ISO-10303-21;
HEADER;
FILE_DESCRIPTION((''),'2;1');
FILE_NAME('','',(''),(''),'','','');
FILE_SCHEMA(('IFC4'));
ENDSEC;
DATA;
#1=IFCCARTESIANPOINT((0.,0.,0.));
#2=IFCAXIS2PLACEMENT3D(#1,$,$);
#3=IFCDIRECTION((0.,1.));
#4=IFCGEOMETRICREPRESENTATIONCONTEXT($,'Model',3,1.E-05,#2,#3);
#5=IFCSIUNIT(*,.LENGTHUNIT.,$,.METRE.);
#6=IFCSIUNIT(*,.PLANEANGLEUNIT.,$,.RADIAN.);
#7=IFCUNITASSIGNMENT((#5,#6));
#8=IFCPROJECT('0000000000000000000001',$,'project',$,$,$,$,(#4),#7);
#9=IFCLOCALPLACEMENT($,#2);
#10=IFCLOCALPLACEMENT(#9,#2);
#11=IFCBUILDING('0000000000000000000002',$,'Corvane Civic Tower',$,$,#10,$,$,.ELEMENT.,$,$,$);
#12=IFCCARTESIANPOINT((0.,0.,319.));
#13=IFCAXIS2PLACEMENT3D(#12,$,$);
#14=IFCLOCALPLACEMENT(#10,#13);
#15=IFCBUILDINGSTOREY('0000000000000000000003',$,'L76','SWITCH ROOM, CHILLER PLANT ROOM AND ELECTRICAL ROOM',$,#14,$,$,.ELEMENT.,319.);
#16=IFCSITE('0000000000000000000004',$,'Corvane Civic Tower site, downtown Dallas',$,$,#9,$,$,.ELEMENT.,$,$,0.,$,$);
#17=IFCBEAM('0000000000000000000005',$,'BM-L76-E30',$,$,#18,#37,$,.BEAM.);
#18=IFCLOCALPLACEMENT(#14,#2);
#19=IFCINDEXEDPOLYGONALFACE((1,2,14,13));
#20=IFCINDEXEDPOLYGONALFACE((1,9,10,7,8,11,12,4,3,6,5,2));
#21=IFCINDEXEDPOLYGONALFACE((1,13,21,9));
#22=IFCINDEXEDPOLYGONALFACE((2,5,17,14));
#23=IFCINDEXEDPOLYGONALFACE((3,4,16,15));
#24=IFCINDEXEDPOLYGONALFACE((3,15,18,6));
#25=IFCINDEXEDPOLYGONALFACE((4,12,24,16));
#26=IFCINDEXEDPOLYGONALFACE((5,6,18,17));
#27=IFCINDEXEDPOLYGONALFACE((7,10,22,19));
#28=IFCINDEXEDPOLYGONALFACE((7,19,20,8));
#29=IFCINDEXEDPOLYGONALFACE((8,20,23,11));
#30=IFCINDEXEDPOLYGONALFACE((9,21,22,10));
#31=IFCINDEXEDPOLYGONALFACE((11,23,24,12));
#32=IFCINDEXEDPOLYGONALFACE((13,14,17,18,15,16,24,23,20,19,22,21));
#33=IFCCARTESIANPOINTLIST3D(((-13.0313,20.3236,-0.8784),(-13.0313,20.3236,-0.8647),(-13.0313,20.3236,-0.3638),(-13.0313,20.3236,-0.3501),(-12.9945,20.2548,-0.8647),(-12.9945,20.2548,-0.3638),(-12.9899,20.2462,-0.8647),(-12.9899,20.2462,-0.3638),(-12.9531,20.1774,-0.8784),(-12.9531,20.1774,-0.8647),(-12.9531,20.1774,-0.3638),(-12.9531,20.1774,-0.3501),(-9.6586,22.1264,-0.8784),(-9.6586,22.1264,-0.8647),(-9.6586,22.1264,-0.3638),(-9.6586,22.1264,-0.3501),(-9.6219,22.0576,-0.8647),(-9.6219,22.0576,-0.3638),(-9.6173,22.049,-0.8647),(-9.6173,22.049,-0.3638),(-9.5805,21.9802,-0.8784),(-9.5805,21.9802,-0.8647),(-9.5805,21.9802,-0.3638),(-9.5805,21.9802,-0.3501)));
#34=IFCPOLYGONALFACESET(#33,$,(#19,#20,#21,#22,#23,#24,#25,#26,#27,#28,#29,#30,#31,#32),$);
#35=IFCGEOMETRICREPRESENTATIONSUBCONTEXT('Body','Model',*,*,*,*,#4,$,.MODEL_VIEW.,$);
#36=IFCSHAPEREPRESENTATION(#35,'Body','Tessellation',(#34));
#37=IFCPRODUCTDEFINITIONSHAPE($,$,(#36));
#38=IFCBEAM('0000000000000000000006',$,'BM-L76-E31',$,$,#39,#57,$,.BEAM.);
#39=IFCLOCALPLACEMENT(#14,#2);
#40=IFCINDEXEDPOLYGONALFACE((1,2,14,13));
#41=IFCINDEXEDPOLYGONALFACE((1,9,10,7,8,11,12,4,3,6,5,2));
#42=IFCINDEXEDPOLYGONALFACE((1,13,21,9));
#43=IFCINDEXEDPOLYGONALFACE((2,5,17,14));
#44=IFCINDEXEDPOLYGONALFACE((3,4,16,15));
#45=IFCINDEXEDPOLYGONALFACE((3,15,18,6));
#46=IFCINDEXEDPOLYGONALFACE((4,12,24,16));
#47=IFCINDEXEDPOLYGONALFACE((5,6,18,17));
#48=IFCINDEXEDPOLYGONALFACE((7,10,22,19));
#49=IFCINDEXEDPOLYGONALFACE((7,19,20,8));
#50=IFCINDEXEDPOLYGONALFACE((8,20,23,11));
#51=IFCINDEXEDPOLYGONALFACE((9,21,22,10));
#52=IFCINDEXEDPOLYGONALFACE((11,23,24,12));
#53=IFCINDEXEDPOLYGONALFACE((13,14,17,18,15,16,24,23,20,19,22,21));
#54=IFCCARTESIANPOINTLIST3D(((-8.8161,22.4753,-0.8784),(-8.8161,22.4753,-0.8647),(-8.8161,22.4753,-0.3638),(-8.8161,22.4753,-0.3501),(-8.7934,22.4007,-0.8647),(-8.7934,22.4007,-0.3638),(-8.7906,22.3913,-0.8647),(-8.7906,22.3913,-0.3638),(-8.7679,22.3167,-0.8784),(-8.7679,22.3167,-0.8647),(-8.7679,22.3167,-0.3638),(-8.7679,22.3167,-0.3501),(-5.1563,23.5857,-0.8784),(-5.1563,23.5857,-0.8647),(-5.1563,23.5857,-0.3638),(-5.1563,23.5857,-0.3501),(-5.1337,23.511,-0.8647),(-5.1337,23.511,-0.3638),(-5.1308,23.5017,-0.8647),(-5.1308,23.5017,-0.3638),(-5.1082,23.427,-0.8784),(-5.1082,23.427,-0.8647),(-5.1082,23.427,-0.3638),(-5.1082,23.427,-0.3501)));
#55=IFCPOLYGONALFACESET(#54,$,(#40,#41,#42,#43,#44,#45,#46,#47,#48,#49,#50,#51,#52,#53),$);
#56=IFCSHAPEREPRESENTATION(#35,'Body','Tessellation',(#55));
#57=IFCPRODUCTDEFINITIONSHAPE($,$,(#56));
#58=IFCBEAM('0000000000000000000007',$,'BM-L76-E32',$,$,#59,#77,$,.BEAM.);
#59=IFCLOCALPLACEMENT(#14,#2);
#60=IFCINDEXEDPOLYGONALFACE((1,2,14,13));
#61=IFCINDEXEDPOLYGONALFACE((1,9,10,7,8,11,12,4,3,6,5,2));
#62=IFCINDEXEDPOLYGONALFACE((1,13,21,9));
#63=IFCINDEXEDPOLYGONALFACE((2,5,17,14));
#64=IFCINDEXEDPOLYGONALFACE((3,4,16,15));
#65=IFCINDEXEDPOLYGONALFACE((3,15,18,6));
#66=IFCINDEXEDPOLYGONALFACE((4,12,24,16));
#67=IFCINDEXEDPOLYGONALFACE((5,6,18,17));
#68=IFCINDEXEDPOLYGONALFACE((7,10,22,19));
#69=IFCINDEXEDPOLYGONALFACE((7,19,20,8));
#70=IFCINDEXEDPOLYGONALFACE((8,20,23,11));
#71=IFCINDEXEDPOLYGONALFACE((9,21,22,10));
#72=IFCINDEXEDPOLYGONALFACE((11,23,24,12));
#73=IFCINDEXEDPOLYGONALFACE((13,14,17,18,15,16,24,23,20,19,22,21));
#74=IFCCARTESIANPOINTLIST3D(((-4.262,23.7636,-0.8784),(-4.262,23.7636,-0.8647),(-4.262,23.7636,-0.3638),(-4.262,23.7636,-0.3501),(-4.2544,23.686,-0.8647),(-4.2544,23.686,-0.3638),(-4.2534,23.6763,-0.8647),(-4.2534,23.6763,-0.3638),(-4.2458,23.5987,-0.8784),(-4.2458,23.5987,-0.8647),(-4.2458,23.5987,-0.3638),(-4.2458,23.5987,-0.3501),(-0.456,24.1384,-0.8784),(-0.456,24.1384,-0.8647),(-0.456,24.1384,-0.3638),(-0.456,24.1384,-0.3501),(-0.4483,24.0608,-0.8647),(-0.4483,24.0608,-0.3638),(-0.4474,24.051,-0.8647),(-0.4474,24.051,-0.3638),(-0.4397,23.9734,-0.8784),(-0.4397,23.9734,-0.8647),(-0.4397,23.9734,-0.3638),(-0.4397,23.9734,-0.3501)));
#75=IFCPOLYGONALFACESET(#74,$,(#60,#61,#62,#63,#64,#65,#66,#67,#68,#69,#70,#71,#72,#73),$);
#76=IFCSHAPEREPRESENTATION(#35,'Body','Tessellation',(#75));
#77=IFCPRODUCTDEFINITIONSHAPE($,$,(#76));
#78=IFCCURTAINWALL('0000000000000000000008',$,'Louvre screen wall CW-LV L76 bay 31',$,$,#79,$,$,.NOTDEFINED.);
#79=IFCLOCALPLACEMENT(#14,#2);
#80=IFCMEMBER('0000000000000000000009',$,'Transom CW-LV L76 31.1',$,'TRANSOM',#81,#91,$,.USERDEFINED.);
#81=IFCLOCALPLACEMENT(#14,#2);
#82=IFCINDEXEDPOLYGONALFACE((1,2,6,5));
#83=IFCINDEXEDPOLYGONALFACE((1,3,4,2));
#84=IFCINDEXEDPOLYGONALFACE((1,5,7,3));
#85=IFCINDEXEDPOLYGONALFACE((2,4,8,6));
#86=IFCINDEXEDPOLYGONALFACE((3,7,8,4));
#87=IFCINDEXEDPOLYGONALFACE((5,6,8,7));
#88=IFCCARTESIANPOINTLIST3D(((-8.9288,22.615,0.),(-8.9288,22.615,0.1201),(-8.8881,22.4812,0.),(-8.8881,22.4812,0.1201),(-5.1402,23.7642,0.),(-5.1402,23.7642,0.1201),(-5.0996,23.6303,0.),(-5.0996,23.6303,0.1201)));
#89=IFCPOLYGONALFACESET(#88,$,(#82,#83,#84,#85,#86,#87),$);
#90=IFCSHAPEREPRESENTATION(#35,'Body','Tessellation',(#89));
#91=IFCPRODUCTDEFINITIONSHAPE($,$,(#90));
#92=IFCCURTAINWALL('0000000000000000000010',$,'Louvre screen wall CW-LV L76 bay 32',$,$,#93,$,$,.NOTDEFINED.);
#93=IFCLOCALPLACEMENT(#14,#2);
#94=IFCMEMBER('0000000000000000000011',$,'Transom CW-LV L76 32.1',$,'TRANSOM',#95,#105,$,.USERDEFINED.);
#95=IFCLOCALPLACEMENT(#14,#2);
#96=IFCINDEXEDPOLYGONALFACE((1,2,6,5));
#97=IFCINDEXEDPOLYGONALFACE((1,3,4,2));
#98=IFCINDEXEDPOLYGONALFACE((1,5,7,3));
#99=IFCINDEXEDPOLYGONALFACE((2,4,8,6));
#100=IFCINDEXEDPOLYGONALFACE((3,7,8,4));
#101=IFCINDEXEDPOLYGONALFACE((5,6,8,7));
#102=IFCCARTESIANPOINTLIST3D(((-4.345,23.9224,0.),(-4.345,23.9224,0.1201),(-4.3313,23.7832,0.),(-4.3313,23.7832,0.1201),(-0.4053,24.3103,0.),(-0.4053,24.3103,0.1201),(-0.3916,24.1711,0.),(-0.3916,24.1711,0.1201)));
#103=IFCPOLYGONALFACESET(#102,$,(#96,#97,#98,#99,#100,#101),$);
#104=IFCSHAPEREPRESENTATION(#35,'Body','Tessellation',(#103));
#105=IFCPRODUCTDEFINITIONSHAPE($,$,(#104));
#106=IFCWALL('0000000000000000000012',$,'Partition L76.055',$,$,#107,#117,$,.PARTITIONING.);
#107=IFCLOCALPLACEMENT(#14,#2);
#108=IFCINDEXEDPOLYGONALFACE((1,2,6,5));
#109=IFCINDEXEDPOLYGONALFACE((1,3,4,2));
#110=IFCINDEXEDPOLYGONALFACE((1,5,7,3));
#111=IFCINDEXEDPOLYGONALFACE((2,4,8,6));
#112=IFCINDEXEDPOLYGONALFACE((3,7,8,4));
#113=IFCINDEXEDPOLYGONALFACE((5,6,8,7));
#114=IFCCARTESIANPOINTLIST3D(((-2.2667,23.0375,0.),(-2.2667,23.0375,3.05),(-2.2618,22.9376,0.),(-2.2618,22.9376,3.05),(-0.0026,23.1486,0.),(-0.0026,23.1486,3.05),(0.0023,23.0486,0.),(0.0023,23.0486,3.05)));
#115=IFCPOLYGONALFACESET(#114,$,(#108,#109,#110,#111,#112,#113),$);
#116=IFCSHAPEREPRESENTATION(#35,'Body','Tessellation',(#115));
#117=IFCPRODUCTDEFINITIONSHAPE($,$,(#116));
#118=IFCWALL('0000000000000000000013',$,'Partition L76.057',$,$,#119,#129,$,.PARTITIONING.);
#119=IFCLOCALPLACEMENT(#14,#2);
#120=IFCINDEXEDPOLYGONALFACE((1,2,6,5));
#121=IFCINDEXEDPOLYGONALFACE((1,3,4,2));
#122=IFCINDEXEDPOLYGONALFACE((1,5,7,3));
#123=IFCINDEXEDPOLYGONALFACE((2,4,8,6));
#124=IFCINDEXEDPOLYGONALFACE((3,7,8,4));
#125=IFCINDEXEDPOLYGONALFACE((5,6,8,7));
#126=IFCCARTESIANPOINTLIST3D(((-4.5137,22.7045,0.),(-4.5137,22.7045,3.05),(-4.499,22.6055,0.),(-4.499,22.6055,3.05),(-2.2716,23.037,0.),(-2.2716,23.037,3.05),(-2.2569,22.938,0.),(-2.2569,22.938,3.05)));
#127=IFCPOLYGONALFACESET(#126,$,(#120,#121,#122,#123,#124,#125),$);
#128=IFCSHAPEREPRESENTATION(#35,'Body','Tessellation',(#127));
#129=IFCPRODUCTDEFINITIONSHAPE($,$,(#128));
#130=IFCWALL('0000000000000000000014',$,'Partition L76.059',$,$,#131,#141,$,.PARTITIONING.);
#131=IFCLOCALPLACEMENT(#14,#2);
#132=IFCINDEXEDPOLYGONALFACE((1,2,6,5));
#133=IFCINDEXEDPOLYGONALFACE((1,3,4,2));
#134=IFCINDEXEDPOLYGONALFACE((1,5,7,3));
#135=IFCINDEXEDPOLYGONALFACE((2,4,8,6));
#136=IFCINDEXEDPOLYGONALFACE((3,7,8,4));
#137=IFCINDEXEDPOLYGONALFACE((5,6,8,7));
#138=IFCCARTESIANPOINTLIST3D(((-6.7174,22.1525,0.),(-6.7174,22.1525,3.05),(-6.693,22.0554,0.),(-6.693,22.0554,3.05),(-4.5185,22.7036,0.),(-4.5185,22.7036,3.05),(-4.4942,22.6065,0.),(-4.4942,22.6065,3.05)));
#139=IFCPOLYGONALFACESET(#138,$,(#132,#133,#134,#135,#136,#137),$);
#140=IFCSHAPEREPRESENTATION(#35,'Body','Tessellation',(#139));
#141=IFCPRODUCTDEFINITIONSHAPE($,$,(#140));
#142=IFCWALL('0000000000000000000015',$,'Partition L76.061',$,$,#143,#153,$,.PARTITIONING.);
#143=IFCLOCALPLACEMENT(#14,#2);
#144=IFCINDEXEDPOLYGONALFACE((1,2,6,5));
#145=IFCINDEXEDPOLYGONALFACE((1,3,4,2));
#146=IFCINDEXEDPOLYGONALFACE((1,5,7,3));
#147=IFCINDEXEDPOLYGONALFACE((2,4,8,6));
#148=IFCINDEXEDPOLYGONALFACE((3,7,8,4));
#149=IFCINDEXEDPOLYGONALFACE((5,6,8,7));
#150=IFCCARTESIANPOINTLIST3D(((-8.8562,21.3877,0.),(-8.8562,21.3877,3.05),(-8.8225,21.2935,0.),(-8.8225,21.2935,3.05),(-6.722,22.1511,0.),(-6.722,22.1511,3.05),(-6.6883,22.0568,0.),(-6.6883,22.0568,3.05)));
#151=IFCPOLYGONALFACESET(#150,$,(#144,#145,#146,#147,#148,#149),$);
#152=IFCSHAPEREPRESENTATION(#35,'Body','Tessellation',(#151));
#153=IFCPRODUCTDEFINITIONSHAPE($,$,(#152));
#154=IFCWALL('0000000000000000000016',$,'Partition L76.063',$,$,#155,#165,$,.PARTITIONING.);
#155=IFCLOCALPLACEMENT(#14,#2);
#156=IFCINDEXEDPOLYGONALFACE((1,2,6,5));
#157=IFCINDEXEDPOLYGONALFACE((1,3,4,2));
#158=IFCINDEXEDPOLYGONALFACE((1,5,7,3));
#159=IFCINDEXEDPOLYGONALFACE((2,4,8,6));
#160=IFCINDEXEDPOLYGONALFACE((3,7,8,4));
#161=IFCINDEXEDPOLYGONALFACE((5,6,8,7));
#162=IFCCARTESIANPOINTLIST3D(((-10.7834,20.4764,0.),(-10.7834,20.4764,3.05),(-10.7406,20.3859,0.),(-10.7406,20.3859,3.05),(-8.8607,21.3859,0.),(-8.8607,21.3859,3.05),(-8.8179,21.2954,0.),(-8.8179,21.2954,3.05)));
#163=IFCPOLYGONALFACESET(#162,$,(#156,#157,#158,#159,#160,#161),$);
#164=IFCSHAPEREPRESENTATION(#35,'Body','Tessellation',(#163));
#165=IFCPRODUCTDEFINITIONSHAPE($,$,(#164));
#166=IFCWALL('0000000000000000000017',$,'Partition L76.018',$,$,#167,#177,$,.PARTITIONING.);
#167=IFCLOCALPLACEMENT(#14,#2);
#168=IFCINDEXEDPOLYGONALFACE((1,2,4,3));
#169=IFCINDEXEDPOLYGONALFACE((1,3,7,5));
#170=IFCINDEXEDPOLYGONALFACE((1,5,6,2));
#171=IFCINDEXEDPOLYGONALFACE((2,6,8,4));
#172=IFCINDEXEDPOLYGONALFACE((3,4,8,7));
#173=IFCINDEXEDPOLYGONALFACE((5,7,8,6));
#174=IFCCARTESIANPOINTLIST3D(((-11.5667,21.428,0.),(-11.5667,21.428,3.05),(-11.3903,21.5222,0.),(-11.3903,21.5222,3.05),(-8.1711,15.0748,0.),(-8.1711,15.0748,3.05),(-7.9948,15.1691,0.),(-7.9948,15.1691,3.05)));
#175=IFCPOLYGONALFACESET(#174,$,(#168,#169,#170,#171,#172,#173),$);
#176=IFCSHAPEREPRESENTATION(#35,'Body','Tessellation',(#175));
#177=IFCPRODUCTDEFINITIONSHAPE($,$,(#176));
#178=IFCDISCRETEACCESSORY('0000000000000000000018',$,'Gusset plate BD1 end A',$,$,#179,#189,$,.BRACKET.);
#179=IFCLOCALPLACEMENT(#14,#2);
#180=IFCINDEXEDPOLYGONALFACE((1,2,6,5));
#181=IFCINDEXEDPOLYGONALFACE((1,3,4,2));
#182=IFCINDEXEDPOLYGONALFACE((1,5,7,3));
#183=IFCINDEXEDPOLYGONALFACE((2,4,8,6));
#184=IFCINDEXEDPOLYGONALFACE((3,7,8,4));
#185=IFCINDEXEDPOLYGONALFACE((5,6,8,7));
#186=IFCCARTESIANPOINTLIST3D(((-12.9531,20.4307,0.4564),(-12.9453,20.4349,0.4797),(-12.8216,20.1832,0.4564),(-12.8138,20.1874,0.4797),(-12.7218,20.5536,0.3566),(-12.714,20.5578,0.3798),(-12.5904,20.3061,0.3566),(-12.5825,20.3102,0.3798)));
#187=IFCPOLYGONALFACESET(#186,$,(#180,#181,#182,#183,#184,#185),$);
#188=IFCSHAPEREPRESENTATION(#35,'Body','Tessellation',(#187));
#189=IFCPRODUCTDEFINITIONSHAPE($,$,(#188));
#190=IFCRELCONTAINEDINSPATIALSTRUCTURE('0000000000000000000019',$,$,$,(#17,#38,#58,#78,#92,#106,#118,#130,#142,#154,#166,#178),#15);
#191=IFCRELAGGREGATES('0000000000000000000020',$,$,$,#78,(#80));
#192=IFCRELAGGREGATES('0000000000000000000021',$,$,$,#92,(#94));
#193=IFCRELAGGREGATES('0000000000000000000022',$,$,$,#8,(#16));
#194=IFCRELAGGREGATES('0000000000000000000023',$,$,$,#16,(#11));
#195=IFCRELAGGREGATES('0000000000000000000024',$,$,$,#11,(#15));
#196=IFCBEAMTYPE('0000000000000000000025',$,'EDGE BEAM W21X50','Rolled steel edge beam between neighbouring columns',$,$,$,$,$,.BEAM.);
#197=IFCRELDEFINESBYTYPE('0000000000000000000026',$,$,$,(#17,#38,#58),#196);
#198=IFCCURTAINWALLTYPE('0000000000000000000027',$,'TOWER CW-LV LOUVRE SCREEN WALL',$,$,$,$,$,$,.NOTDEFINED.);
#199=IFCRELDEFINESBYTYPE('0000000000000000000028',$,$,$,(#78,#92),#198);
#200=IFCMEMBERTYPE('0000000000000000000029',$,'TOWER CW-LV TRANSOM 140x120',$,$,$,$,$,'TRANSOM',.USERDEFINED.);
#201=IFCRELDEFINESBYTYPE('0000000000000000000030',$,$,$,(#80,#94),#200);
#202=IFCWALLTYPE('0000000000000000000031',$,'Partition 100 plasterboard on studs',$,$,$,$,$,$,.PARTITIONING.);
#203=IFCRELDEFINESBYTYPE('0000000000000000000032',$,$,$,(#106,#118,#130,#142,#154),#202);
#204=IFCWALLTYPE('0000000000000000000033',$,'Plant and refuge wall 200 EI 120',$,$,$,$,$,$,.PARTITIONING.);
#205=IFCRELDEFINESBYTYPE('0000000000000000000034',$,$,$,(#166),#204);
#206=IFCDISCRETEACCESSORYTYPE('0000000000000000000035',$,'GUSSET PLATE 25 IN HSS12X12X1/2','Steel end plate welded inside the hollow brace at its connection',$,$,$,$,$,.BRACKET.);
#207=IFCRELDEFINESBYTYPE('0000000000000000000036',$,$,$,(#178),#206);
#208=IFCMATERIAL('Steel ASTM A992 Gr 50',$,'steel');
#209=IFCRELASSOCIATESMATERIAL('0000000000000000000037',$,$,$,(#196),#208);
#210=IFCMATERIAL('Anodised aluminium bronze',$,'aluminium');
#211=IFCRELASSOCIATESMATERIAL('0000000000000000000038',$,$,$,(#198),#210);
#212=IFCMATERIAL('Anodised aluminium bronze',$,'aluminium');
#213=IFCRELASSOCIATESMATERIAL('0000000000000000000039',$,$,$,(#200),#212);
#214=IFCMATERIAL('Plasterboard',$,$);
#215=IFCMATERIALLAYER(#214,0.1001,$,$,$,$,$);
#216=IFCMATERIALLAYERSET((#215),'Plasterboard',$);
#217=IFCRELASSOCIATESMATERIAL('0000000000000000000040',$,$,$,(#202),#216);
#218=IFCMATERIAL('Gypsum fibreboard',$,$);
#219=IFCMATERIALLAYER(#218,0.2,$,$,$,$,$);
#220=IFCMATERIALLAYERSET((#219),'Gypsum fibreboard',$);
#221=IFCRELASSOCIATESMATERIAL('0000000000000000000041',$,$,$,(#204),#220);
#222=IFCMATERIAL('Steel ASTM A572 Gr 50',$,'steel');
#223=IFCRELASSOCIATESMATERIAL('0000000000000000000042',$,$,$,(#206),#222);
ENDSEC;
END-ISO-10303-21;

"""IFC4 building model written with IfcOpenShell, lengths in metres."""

from ifc_helpers import new_model, si_unit, direction, frame, frame_2d, origin, origin_2d, place, context, subcontext, project, spatial, rectangle, i_section, extrude, material, layer, layer_set, material_profile, profile_set, type_object, element, aggregate, save


model = new_model("IFC4")

# Units and contexts
model_context = context("Model", 3, precision=1e-05, world=origin(), true_north=direction((0.0, 1.0)))
body_context = subcontext(model_context, "Body", "Model", "MODEL_VIEW")
ifc_project = project(units=[si_unit("LENGTHUNIT", "METRE"), si_unit("PLANEANGLEUNIT", "RADIAN")], contexts=[model_context])

# Site, building, storey
site_placement = place(None, origin())
site = spatial("IfcSite", under=ifc_project, at=site_placement, Name="Corvane Civic Tower site, downtown Dallas", CompositionType="ELEMENT", RefElevation=0.0)
building_placement = place(site_placement, origin())
building = spatial("IfcBuilding", under=site, at=building_placement, Name="Corvane Civic Tower", CompositionType="ELEMENT")
storey_placement = place(building_placement, frame((0.0, 0.0, 319.0)))
storey = spatial("IfcBuildingStorey", under=building, at=storey_placement, Name="L76", Description="SWITCH ROOM, CHILLER PLANT ROOM AND ELECTRICAL ROOM", CompositionType="ELEMENT", Elevation=319.0)

# Beams
ifc_material_1 = material(Name="Steel ASTM A992 Gr 50", Category="steel")
ifc_material_profile_1 = material_profile(ifc_material_1, i_section(OverallWidth=0.1658, OverallDepth=0.5283, WebThickness=0.0098, FlangeThickness=0.0137, at=origin_2d()), Name="W21X50")
ifc_profile_set_1 = profile_set([ifc_material_profile_1], Name="Steel ASTM A992 Gr 50")
beam_type = type_object("IfcBeamType", Name="EDGE BEAM W21X50", Description="Rolled steel edge beam between neighbouring columns", PredefinedType="BEAM", material=ifc_profile_set_1)
beam_placement = place(storey_placement, frame((-12.9922, 20.2505, -0.6143), z_axis=(0.881914, 0.47141, 0.0), x_axis=(-0.47141, 0.881914, 0.0)))
element("IfcBeam", 1, at=beam_placement, inside=storey, type_object=beam_type, Name="BM-L76-E30", PredefinedType="BEAM", context=body_context, shape_type="SweptSolid", body=[
    extrude(i_section(OverallWidth=0.1658, OverallDepth=0.5283, WebThickness=0.0098, FlangeThickness=0.0137, at=origin_2d()), origin(), (0.0, 0.0, 1.0), 3.8242),
])
for number, where, z_axis, x_axis, name in (
    (2, (-8.792, 22.396, -0.6143), (0.956926, 0.290333, 0.0), (-0.290333, 0.956926, 0.0), "BM-L76-E31"),
    (3, (-4.2539, 23.6812, -0.6143), (0.995188, 0.097987, 0.0), (-0.097987, 0.995188, 0.0), "BM-L76-E32"),
):
    element("IfcBeam", number, at=place(storey_placement, frame(where, z_axis=z_axis, x_axis=x_axis)), inside=storey, type_object=beam_type, Name=name, PredefinedType="BEAM", context=body_context, shape_type="SweptSolid", body=[
        extrude(i_section(OverallWidth=0.1658, OverallDepth=0.5283, WebThickness=0.0098, FlangeThickness=0.0137, at=origin_2d()), origin(), (0.0, 0.0, 1.0), 3.8245),
    ])

# Curtain walls, members
ifc_material_2 = material(Name="Anodised aluminium bronze", Category="aluminium")
curtain_wall_type = type_object("IfcCurtainWallType", Name="TOWER CW-LV LOUVRE SCREEN WALL", PredefinedType="NOTDEFINED", material=ifc_material_2)
curtain_wall_1_placement = place(storey_placement, origin())
curtain_wall_1 = element("IfcCurtainWall", 4, at=curtain_wall_1_placement, inside=storey, type_object=curtain_wall_type, Name="Louvre screen wall CW-LV L76 bay 31", PredefinedType="NOTDEFINED")
ifc_material_3 = material(Name="Anodised aluminium bronze", Category="aluminium")
ifc_material_profile_2 = material_profile(ifc_material_3, rectangle(XDim=0.1399, YDim=0.1201, at=origin_2d()), Name="TOWER CW-LV TRANSOM 140x120")
ifc_profile_set_2 = profile_set([ifc_material_profile_2], Name="Anodised aluminium bronze")
member_type_1 = type_object("IfcMemberType", Name="TOWER CW-LV TRANSOM 140x120", ElementType="TRANSOM", PredefinedType="USERDEFINED", material=ifc_profile_set_2)
member_1_placement = place(storey_placement, frame((-8.9084, 22.5481, 0.0601), z_axis=(0.956946, 0.290266, 0.0), x_axis=(-0.290266, 0.956946, 0.0)))
member_1 = element("IfcMember", 5, at=member_1_placement, type_object=member_type_1, Name="Transom CW-LV L76 31.1", ObjectType="TRANSOM", PredefinedType="USERDEFINED", context=body_context, shape_type="SweptSolid", body=[
    extrude(rectangle(XDim=0.1399, YDim=0.1201, at=origin_2d()), origin(), (0.0, 0.0, 1.0), 3.959),
])
curtain_wall_2_placement = place(storey_placement, origin())
curtain_wall_2 = element("IfcCurtainWall", 6, at=curtain_wall_2_placement, inside=storey, type_object=curtain_wall_type, Name="Louvre screen wall CW-LV L76 bay 32", PredefinedType="NOTDEFINED")
member_2_placement = place(storey_placement, frame((-4.3381, 23.8528, 0.0601), z_axis=(0.995187, 0.097995, 0.0), x_axis=(-0.097995, 0.995187, 0.0)))
member_2 = element("IfcMember", 7, at=member_2_placement, type_object=member_type_1, Name="Transom CW-LV L76 32.1", ObjectType="TRANSOM", PredefinedType="USERDEFINED", context=body_context, shape_type="SweptSolid", body=[
    extrude(rectangle(XDim=0.1399, YDim=0.1201, at=origin_2d()), origin(), (0.0, 0.0, 1.0), 3.9587),
])

# Walls
ifc_material_4 = material(Name="Plasterboard")
ifc_layer_1 = layer(ifc_material_4, 0.1001)
ifc_layer_set_1 = layer_set([ifc_layer_1], Name="Plasterboard")
wall_type_1 = type_object("IfcWallType", Name="Partition 100 plasterboard on studs", PredefinedType="PARTITIONING", material=ifc_layer_set_1)
wall_1_placement = place(storey_placement, frame((-2.2642, 22.9875, 0.0), z_axis=(0.0, 0.0, 1.0), x_axis=(0.998799, 0.049003, 0.0)))
element("IfcWall", 8, at=wall_1_placement, inside=storey, type_object=wall_type_1, Name="Partition L76.055", PredefinedType="PARTITIONING", context=body_context, shape_type="SweptSolid", body=[
    extrude(rectangle(XDim=2.2668, YDim=0.1001, at=frame_2d((1.1333, 0.0))), origin(), (0.0, 0.0, 1.0), 3.05),
])
wall_2_placement = place(storey_placement, frame((-4.5063, 22.655, 0.0), z_axis=(0.0, 0.0, 1.0), x_axis=(0.989181, 0.146697, 0.0)))
element("IfcWall", 9, at=wall_2_placement, inside=storey, type_object=wall_type_1, Name="Partition L76.057", PredefinedType="PARTITIONING", context=body_context, shape_type="SweptSolid", body=[
    extrude(rectangle(XDim=2.2666, YDim=0.1001, at=frame_2d((1.1333, 0.0))), origin(), (0.0, 0.0, 1.0), 3.05),
])
wall_3_placement = place(storey_placement, frame((-6.7051, 22.104, 0.0), z_axis=(0.0, 0.0, 1.0), x_axis=(0.970003, 0.243093, 0.0)))
element("IfcWall", 10, at=wall_3_placement, inside=storey, type_object=wall_type_1, Name="Partition L76.059", PredefinedType="PARTITIONING", context=body_context, shape_type="SweptSolid", body=[
    extrude(rectangle(XDim=2.2668, YDim=0.1001, at=frame_2d((1.1333, 0.0))), origin(), (0.0, 0.0, 1.0), 3.05),
])
wall_4_placement = place(storey_placement, frame((-8.8394, 21.3406, 0.0), z_axis=(0.0, 0.0, 1.0), x_axis=(0.941576, 0.3368, 0.0)))
element("IfcWall", 11, at=wall_4_placement, inside=storey, type_object=wall_type_1, Name="Partition L76.061", PredefinedType="PARTITIONING", context=body_context, shape_type="SweptSolid", body=[
    extrude(rectangle(XDim=2.2666, YDim=0.1001, at=frame_2d((1.1333, 0.0))), origin(), (0.0, 0.0, 1.0), 3.05),
])
wall_5_placement = place(storey_placement, frame((-10.762, 20.4312, 0.0), z_axis=(0.0, 0.0, 1.0), x_axis=(0.903971, 0.427593, 0.0)))
element("IfcWall", 12, at=wall_5_placement, inside=storey, type_object=wall_type_1, Name="Partition L76.063", PredefinedType="PARTITIONING", context=body_context, shape_type="SweptSolid", body=[
    extrude(rectangle(XDim=2.127, YDim=0.1001, at=frame_2d((1.0635, 0.0))), origin(), (0.0, 0.0, 1.0), 3.05),
])
ifc_material_5 = material(Name="Gypsum fibreboard")
ifc_layer_2 = layer(ifc_material_5, 0.2)
ifc_layer_set_2 = layer_set([ifc_layer_2], Name="Gypsum fibreboard")
wall_type_2 = type_object("IfcWallType", Name="Plant and refuge wall 200 EI 120", PredefinedType="PARTITIONING", material=ifc_layer_set_2)
wall_6_placement = place(storey_placement, frame((-11.4785, 21.4751, 0.0), z_axis=(0.0, 0.0, 1.0), x_axis=(0.471369, -0.881936, 0.0)))
element("IfcWall", 13, at=wall_6_placement, inside=storey, type_object=wall_type_2, Name="Partition L76.018", PredefinedType="PARTITIONING", context=body_context, shape_type="SweptSolid", body=[
    extrude(rectangle(XDim=7.2036, YDim=0.2, at=frame_2d((3.6018, 0.0))), origin(), (0.0, 0.0, 1.0), 3.05),
])

aggregate(curtain_wall_1, [member_1])
aggregate(curtain_wall_2, [member_2])

# Discrete accessory
ifc_material_6 = material(Name="Steel ASTM A572 Gr 50", Category="steel")
ifc_material_profile_3 = material_profile(ifc_material_6, rectangle(XDim=0.2803, YDim=0.2803, at=origin_2d()), Name="GUSSET PLATE 25 IN HSS12X12X1/2")
ifc_profile_set_3 = profile_set([ifc_material_profile_3], Name="Steel ASTM A572 Gr 50")
discrete_accessory_type = type_object("IfcDiscreteAccessoryType", Name="GUSSET PLATE 25 IN HSS12X12X1/2", Description="Steel end plate welded inside the hollow brace at its connection", PredefinedType="BRACKET", material=ifc_profile_set_3)
discrete_accessory_1_placement = place(storey_placement, frame((-12.7717, 20.3684, 0.4065), z_axis=(0.314725, 0.167198, 0.934341), x_axis=(-0.469155, 0.883116, 0.0)))
element("IfcDiscreteAccessory", 14, at=discrete_accessory_1_placement, inside=storey, type_object=discrete_accessory_type, Name="Gusset plate BD1 end A", PredefinedType="BRACKET", context=body_context, shape_type="SweptSolid", body=[
    extrude(rectangle(XDim=0.2803, YDim=0.2803, at=origin_2d()), origin(), (0.0, 0.0, 1.0), 0.0249),
])

save(model, "model.ifc")
